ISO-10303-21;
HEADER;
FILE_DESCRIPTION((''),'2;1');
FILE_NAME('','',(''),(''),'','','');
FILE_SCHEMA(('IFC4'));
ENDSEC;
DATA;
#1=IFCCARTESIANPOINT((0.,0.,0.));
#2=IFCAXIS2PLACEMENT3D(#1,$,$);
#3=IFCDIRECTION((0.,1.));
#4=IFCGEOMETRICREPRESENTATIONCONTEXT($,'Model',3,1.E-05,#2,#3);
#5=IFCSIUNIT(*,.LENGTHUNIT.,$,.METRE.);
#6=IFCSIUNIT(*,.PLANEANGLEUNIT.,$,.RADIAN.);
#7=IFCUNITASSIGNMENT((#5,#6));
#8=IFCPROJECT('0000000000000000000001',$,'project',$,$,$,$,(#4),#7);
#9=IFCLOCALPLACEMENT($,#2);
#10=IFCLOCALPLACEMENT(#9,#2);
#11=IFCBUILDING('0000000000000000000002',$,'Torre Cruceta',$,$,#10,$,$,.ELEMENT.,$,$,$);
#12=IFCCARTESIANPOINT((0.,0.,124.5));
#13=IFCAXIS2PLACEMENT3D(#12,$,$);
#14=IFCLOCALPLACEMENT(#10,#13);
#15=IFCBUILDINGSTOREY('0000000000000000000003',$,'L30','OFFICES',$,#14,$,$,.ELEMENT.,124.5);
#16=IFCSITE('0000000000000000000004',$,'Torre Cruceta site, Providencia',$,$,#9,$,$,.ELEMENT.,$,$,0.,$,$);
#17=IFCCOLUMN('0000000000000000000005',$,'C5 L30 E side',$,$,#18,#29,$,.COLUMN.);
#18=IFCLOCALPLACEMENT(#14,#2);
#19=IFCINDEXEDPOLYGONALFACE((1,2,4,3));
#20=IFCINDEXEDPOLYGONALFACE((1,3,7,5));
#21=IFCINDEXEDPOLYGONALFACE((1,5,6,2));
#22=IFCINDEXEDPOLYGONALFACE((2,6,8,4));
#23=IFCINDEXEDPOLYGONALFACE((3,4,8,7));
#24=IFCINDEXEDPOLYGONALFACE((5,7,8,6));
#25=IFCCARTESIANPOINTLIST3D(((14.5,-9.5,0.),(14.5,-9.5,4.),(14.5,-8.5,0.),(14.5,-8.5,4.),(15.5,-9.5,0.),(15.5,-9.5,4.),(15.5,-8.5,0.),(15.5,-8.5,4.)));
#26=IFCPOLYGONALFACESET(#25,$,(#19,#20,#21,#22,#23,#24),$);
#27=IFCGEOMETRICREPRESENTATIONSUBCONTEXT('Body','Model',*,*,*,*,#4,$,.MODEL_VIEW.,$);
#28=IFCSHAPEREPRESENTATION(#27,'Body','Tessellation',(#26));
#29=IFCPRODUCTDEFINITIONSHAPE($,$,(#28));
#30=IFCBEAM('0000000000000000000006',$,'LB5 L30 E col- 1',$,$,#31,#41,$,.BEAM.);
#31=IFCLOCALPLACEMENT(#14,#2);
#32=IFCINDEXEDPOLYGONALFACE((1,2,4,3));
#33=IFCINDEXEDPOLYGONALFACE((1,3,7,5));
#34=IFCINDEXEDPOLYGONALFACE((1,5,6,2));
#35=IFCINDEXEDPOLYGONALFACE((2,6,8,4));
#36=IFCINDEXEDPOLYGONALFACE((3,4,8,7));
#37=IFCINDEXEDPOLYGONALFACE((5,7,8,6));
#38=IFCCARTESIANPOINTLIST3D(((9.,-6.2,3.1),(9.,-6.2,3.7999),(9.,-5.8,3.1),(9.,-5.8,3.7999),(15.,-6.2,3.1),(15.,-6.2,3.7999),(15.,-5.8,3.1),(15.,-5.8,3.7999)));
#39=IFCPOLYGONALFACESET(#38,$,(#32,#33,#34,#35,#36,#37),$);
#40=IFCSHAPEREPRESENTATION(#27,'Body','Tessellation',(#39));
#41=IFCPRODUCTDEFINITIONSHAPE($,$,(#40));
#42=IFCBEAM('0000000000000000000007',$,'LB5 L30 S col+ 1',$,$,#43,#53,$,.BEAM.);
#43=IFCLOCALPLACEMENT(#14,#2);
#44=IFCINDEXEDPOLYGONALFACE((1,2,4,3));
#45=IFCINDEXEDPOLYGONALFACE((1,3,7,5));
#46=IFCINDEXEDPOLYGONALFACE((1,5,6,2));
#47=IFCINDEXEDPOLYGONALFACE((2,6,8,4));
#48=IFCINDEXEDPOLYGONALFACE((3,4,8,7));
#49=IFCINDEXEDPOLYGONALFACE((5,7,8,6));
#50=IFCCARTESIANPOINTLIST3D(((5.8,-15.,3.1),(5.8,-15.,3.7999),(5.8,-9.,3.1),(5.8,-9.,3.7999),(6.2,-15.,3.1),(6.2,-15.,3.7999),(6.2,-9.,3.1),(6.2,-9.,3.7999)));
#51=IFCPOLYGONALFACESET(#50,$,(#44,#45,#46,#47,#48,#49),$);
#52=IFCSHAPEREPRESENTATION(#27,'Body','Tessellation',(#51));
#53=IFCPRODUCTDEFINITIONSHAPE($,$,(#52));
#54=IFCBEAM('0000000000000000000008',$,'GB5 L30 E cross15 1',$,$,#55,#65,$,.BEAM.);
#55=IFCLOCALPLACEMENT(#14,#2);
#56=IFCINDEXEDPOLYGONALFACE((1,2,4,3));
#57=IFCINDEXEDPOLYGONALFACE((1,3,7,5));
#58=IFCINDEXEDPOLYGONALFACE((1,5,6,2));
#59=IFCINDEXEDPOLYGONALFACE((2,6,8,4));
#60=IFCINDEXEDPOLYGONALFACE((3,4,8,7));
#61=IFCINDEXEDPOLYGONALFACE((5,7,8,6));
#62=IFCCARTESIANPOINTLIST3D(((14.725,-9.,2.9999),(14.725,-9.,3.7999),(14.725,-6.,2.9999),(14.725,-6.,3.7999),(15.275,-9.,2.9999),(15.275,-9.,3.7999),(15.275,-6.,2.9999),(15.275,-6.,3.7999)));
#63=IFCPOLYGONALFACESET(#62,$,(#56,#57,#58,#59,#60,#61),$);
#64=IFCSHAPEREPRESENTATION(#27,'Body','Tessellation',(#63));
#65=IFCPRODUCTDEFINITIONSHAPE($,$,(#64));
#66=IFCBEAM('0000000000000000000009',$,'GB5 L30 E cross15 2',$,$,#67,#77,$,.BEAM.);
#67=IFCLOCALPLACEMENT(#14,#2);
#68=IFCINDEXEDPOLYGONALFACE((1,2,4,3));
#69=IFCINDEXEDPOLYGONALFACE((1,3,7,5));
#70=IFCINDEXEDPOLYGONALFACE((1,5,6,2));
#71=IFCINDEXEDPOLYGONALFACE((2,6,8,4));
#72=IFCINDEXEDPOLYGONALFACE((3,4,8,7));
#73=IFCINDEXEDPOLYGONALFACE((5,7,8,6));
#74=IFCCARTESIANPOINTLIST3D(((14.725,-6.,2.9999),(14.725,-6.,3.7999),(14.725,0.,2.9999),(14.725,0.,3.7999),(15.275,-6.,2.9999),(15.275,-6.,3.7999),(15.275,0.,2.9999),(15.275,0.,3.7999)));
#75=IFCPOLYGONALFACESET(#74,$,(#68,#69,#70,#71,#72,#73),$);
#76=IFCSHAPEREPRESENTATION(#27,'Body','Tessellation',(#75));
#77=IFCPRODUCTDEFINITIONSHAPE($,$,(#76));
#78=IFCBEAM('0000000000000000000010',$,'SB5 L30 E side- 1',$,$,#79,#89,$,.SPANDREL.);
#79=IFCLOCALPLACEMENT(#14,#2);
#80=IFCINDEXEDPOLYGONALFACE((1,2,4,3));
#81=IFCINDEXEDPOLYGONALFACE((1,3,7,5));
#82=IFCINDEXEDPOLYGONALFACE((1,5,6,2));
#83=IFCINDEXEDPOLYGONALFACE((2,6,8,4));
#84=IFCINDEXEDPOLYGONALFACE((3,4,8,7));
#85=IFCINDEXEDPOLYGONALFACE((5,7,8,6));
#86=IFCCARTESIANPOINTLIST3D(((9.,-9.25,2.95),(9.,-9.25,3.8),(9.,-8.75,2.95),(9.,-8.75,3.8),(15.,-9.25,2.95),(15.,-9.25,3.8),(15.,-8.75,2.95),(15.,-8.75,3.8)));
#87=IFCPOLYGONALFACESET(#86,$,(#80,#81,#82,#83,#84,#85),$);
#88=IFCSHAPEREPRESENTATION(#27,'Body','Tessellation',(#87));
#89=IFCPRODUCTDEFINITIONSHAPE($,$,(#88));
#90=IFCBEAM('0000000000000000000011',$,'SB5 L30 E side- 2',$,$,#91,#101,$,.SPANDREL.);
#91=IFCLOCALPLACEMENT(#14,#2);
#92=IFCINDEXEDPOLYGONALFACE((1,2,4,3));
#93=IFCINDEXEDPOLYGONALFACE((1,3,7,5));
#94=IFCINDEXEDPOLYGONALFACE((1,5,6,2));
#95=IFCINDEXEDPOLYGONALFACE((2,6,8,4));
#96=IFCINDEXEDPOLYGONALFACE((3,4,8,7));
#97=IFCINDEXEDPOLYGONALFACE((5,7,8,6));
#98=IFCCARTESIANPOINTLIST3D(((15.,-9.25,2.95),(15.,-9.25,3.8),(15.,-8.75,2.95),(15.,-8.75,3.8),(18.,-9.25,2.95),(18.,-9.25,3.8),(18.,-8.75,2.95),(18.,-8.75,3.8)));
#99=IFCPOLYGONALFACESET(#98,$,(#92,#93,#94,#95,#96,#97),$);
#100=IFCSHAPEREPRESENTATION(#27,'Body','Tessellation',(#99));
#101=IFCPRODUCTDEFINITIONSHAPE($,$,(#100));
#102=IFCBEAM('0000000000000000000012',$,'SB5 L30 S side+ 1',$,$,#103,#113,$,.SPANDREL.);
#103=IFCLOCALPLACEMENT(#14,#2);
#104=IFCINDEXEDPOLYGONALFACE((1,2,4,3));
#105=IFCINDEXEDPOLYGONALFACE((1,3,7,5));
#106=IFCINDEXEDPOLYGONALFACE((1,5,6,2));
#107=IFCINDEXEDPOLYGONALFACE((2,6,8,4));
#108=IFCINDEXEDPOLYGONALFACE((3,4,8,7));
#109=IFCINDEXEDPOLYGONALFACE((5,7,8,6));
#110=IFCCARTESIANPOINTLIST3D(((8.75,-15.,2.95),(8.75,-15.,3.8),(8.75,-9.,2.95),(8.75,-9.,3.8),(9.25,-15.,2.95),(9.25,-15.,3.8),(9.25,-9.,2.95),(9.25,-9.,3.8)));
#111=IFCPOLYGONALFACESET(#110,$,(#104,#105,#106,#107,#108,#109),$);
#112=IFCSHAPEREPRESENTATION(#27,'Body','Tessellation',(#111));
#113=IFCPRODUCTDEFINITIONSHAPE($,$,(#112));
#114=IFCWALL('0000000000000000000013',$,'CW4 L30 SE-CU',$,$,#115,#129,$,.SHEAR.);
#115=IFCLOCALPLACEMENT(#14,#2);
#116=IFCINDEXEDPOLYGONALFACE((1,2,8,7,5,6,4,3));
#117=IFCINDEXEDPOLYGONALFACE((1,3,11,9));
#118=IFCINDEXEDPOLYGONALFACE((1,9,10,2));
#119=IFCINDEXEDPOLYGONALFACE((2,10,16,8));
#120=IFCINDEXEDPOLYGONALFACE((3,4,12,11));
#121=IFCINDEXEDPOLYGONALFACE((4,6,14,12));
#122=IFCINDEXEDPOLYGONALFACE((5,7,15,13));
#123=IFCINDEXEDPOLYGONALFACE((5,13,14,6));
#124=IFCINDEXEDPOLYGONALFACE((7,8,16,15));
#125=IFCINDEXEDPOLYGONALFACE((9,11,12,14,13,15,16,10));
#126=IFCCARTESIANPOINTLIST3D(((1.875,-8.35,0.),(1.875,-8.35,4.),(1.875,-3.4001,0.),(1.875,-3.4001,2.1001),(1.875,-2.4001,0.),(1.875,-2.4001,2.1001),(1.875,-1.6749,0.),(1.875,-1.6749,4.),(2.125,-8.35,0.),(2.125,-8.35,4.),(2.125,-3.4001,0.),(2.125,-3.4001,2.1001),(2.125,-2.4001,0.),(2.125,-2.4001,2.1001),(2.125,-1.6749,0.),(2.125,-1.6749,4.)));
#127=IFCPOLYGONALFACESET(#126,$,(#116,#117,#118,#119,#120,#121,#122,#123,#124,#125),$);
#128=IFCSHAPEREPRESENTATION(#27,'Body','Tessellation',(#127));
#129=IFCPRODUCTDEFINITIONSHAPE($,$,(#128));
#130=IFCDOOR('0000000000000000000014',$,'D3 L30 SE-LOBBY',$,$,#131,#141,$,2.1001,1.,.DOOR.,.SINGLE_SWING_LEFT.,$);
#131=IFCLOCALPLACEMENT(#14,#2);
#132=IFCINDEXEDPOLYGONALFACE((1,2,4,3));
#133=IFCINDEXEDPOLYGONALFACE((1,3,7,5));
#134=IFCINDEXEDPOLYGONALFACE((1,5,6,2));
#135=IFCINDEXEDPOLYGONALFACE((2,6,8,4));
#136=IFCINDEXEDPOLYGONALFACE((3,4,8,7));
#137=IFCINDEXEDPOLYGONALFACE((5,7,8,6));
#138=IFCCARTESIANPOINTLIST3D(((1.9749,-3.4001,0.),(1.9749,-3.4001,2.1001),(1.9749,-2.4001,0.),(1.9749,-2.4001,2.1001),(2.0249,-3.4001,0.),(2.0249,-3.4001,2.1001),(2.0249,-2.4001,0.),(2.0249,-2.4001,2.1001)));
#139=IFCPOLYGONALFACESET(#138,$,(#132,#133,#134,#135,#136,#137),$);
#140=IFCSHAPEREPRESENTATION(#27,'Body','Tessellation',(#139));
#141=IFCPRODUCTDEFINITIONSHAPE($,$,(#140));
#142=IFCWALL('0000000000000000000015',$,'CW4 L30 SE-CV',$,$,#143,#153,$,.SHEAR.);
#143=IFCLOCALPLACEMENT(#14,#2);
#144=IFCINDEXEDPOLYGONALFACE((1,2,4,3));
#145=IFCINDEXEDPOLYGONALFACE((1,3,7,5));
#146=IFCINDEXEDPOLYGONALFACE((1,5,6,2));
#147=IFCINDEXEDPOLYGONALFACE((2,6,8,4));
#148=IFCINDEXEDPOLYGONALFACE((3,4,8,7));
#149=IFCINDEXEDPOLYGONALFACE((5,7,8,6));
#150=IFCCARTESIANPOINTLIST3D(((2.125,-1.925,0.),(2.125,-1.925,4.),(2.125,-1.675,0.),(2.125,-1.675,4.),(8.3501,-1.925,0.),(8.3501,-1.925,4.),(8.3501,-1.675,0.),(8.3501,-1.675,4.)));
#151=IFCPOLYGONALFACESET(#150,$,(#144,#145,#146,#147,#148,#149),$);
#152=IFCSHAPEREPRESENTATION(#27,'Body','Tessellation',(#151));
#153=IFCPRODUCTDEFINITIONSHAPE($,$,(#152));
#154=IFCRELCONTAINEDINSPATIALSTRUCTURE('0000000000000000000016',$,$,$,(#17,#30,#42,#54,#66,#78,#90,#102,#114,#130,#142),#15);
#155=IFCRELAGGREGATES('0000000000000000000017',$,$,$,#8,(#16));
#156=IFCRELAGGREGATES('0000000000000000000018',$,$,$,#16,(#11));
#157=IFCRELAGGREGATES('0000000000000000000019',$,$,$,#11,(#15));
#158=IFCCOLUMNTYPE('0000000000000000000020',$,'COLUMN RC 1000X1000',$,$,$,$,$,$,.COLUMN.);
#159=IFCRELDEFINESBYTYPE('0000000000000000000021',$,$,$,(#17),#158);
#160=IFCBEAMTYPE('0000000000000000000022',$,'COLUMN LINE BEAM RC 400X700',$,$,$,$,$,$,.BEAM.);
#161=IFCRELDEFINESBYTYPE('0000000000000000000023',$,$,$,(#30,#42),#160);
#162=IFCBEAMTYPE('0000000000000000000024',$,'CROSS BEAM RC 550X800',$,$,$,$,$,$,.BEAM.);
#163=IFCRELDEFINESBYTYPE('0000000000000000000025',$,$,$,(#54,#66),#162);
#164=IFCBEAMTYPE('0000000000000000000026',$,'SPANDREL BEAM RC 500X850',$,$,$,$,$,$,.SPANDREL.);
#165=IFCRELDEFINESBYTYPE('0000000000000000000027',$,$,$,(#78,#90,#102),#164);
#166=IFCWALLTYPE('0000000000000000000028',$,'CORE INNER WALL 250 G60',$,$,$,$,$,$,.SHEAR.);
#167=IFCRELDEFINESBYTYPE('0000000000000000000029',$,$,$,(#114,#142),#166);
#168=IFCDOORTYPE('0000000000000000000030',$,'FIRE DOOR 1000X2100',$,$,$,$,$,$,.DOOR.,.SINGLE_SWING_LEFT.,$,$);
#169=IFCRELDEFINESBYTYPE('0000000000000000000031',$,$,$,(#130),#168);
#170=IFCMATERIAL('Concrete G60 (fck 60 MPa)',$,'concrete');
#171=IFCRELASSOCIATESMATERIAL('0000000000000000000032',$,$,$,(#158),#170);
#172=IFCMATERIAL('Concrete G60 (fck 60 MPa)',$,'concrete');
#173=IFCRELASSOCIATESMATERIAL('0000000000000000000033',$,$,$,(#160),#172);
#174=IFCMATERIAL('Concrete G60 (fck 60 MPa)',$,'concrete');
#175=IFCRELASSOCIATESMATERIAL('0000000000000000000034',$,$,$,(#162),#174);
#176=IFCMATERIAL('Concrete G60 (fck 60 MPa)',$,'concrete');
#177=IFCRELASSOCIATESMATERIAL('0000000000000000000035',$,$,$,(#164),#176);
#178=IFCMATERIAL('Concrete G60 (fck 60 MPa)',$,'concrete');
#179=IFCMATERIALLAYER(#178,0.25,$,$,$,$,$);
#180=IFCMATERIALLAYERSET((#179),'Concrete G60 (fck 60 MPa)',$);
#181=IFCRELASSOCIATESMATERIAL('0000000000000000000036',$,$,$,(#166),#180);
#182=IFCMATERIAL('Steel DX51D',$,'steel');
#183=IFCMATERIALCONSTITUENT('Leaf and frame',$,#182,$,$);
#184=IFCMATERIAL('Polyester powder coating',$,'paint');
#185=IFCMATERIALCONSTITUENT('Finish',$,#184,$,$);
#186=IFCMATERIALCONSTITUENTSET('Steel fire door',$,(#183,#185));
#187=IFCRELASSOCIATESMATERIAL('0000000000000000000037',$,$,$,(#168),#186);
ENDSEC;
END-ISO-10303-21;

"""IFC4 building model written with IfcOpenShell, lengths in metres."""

from ifc_helpers import new_model, si_unit, direction, frame, frame_2d, origin, origin_2d, place, context, subcontext, project, spatial, rectangle, extrude, material, layer, layer_set, constituent, constituent_set, material_profile, profile_set, type_object, element, fill, save


model = new_model("IFC4")

# Units and contexts
model_context = context("Model", 3, precision=1e-05, world=origin(), true_north=direction((0.0, 1.0)))
body_context = subcontext(model_context, "Body", "Model", "MODEL_VIEW")
ifc_project = project(units=[si_unit("LENGTHUNIT", "METRE"), si_unit("PLANEANGLEUNIT", "RADIAN")], contexts=[model_context])

# Site, building, storey
site_placement = place(None, origin())
site = spatial("IfcSite", under=ifc_project, at=site_placement, Name="Torre Cruceta site, Providencia", CompositionType="ELEMENT", RefElevation=0.0)
building_placement = place(site_placement, origin())
building = spatial("IfcBuilding", under=site, at=building_placement, Name="Torre Cruceta", CompositionType="ELEMENT")
storey_placement = place(building_placement, frame((0.0, 0.0, 124.5)))
storey = spatial("IfcBuildingStorey", under=building, at=storey_placement, Name="L30", Description="OFFICES", CompositionType="ELEMENT", Elevation=124.5)

# Column
ifc_material_1 = material(Name="Concrete G60 (fck 60 MPa)", Category="concrete")
ifc_material_profile_1 = material_profile(ifc_material_1, rectangle(XDim=1.0, YDim=1.0, at=origin_2d()), Name="RC 1000X1000")
ifc_profile_set_1 = profile_set([ifc_material_profile_1], Name="Concrete G60 (fck 60 MPa)")
column_type = type_object("IfcColumnType", Name="COLUMN RC 1000X1000", PredefinedType="COLUMN", material=ifc_profile_set_1)
column_placement = place(storey_placement, frame((15.0, -9.0, 0.0), z_axis=(0.0, 0.0, 1.0), x_axis=(1.0, 0.0, 0.0)))
element("IfcColumn", 1, at=column_placement, inside=storey, type_object=column_type, Name="C5 L30 E side", PredefinedType="COLUMN", context=body_context, shape_type="SweptSolid", body=[
    extrude(rectangle(XDim=1.0, YDim=1.0, at=origin_2d()), origin(), (0.0, 0.0, 1.0), 4.0),
])

# Beams
ifc_material_2 = material(Name="Concrete G60 (fck 60 MPa)", Category="concrete")
ifc_material_profile_2 = material_profile(ifc_material_2, rectangle(XDim=0.3999, YDim=0.7, at=origin_2d()), Name="RC 400X700")
ifc_profile_set_2 = profile_set([ifc_material_profile_2], Name="Concrete G60 (fck 60 MPa)")
beam_type_1 = type_object("IfcBeamType", Name="COLUMN LINE BEAM RC 400X700", PredefinedType="BEAM", material=ifc_profile_set_2)
for number, where, z_axis, x_axis, name in (
    (2, (9.0, -6.0, 3.45), (1.0, 0.0, 0.0), (0.0, 1.0, 0.0), "LB5 L30 E col- 1"),
    (3, (6.0, -9.0, 3.45), (0.0, -1.0, 0.0), (1.0, 0.0, 0.0), "LB5 L30 S col+ 1"),
):
    element("IfcBeam", number, at=place(storey_placement, frame(where, z_axis=z_axis, x_axis=x_axis)), inside=storey, type_object=beam_type_1, Name=name, PredefinedType="BEAM", context=body_context, shape_type="SweptSolid", body=[
        extrude(rectangle(XDim=0.3999, YDim=0.7, at=origin_2d()), origin(), (0.0, 0.0, 1.0), 6.0),
    ])
ifc_material_3 = material(Name="Concrete G60 (fck 60 MPa)", Category="concrete")
ifc_material_profile_3 = material_profile(ifc_material_3, rectangle(XDim=0.55, YDim=0.8, at=origin_2d()), Name="RC 550X800")
ifc_profile_set_3 = profile_set([ifc_material_profile_3], Name="Concrete G60 (fck 60 MPa)")
beam_type_2 = type_object("IfcBeamType", Name="CROSS BEAM RC 550X800", PredefinedType="BEAM", material=ifc_profile_set_3)
beam_1_placement = place(storey_placement, frame((15.0, -9.0, 3.3999), z_axis=(0.0, 1.0, 0.0), x_axis=(-1.0, 0.0, 0.0)))
element("IfcBeam", 4, at=beam_1_placement, inside=storey, type_object=beam_type_2, Name="GB5 L30 E cross15 1", PredefinedType="BEAM", context=body_context, shape_type="SweptSolid", body=[
    extrude(rectangle(XDim=0.55, YDim=0.8, at=origin_2d()), origin(), (0.0, 0.0, 1.0), 3.0),
])
beam_2_placement = place(storey_placement, frame((15.0, -6.0, 3.3999), z_axis=(0.0, 1.0, 0.0), x_axis=(-1.0, 0.0, 0.0)))
element("IfcBeam", 5, at=beam_2_placement, inside=storey, type_object=beam_type_2, Name="GB5 L30 E cross15 2", PredefinedType="BEAM", context=body_context, shape_type="SweptSolid", body=[
    extrude(rectangle(XDim=0.55, YDim=0.8, at=origin_2d()), origin(), (0.0, 0.0, 1.0), 6.0),
])
ifc_material_4 = material(Name="Concrete G60 (fck 60 MPa)", Category="concrete")
ifc_material_profile_4 = material_profile(ifc_material_4, rectangle(XDim=0.5, YDim=0.8501, at=origin_2d()), Name="RC 500X850")
ifc_profile_set_4 = profile_set([ifc_material_profile_4], Name="Concrete G60 (fck 60 MPa)")
beam_type_3 = type_object("IfcBeamType", Name="SPANDREL BEAM RC 500X850", PredefinedType="SPANDREL", material=ifc_profile_set_4)
beam_3_placement = place(storey_placement, frame((9.0, -9.0, 3.375), z_axis=(1.0, 0.0, 0.0), x_axis=(0.0, 1.0, 0.0)))
element("IfcBeam", 6, at=beam_3_placement, inside=storey, type_object=beam_type_3, Name="SB5 L30 E side- 1", PredefinedType="SPANDREL", context=body_context, shape_type="SweptSolid", body=[
    extrude(rectangle(XDim=0.5, YDim=0.8501, at=origin_2d()), origin(), (0.0, 0.0, 1.0), 6.0),
])
beam_4_placement = place(storey_placement, frame((15.0, -9.0, 3.375), z_axis=(1.0, 0.0, 0.0), x_axis=(0.0, 1.0, 0.0)))
element("IfcBeam", 7, at=beam_4_placement, inside=storey, type_object=beam_type_3, Name="SB5 L30 E side- 2", PredefinedType="SPANDREL", context=body_context, shape_type="SweptSolid", body=[
    extrude(rectangle(XDim=0.5, YDim=0.8501, at=origin_2d()), origin(), (0.0, 0.0, 1.0), 3.0),
])
beam_5_placement = place(storey_placement, frame((9.0, -9.0, 3.375), z_axis=(0.0, -1.0, 0.0), x_axis=(1.0, 0.0, 0.0)))
element("IfcBeam", 8, at=beam_5_placement, inside=storey, type_object=beam_type_3, Name="SB5 L30 S side+ 1", PredefinedType="SPANDREL", context=body_context, shape_type="SweptSolid", body=[
    extrude(rectangle(XDim=0.5, YDim=0.8501, at=origin_2d()), origin(), (0.0, 0.0, 1.0), 6.0),
])

# Wall, opening, door
ifc_material_5 = material(Name="Concrete G60 (fck 60 MPa)", Category="concrete")
ifc_layer_1 = layer(ifc_material_5, 0.25)
ifc_layer_set_1 = layer_set([ifc_layer_1], Name="Concrete G60 (fck 60 MPa)")
wall_type_1 = type_object("IfcWallType", Name="CORE INNER WALL 250 G60", PredefinedType="SHEAR", material=ifc_layer_set_1)
wall_1_placement = place(storey_placement, frame((2.0, -1.675, 0.0), z_axis=(0.0, 0.0, 1.0), x_axis=(0.0, -1.0, 0.0)))
wall_1 = element("IfcWall", 9, at=wall_1_placement, inside=storey, type_object=wall_type_1, Name="CW4 L30 SE-CU", PredefinedType="SHEAR", context=body_context, shape_type="SweptSolid", body=[
    extrude(rectangle(XDim=6.675, YDim=0.25, at=frame_2d((3.3374, 0.0))), origin(), (0.0, 0.0, 1.0), 4.0),
])
opening_1_placement = place(wall_1_placement, frame((0.7251, 0.0, 0.0)))
opening_1 = element("IfcOpeningElement", 10, at=opening_1_placement, cuts=wall_1, PredefinedType="OPENING", context=body_context, shape_type="SweptSolid", body=[
    extrude(rectangle(XDim=1.0, YDim=2.1001, at=frame_2d((0.5, 1.05))), frame((0.0, 0.135, 0.0), z_axis=(0.0, -1.0, 0.0), x_axis=(1.0, 0.0, 0.0)), (0.0, 0.0, 1.0), 0.27),
])
ifc_material_6 = material(Name="Steel DX51D", Category="steel")
ifc_constituent_1 = constituent(ifc_material_6, Name="Leaf and frame")
ifc_material_7 = material(Name="Polyester powder coating", Category="paint")
ifc_constituent_2 = constituent(ifc_material_7, Name="Finish")
ifc_constituent_set_1 = constituent_set(constituents=[ifc_constituent_1, ifc_constituent_2], Name="Steel fire door")
door_type_1 = type_object("IfcDoorType", Name="FIRE DOOR 1000X2100", OperationType="SINGLE_SWING_LEFT", PredefinedType="DOOR", material=ifc_constituent_set_1)
door_1_placement = place(opening_1_placement, origin())
door_1 = element("IfcDoor", 11, at=door_1_placement, inside=storey, type_object=door_type_1, Name="D3 L30 SE-LOBBY", OperationType="SINGLE_SWING_LEFT", OverallHeight=2.1001, OverallWidth=1.0, PredefinedType="DOOR", context=body_context, shape_type="SweptSolid", body=[
    extrude(rectangle(XDim=1.0, YDim=2.1001, at=frame_2d((0.5, 1.05))), frame((0.0, 0.0249, 0.0), z_axis=(0.0, -1.0, 0.0), x_axis=(1.0, 0.0, 0.0)), (0.0, 0.0, 1.0), 0.05),
])
fill(opening_1, door_1)

# Wall
wall_2_placement = place(storey_placement, frame((2.125, -1.8, 0.0), z_axis=(0.0, 0.0, 1.0), x_axis=(1.0, 0.0, 0.0)))
element("IfcWall", 12, at=wall_2_placement, inside=storey, type_object=wall_type_1, Name="CW4 L30 SE-CV", PredefinedType="SHEAR", context=body_context, shape_type="SweptSolid", body=[
    extrude(rectangle(XDim=6.2251, YDim=0.25, at=frame_2d((3.1125, 0.0))), origin(), (0.0, 0.0, 1.0), 4.0),
])

save(model, "model.ifc")
